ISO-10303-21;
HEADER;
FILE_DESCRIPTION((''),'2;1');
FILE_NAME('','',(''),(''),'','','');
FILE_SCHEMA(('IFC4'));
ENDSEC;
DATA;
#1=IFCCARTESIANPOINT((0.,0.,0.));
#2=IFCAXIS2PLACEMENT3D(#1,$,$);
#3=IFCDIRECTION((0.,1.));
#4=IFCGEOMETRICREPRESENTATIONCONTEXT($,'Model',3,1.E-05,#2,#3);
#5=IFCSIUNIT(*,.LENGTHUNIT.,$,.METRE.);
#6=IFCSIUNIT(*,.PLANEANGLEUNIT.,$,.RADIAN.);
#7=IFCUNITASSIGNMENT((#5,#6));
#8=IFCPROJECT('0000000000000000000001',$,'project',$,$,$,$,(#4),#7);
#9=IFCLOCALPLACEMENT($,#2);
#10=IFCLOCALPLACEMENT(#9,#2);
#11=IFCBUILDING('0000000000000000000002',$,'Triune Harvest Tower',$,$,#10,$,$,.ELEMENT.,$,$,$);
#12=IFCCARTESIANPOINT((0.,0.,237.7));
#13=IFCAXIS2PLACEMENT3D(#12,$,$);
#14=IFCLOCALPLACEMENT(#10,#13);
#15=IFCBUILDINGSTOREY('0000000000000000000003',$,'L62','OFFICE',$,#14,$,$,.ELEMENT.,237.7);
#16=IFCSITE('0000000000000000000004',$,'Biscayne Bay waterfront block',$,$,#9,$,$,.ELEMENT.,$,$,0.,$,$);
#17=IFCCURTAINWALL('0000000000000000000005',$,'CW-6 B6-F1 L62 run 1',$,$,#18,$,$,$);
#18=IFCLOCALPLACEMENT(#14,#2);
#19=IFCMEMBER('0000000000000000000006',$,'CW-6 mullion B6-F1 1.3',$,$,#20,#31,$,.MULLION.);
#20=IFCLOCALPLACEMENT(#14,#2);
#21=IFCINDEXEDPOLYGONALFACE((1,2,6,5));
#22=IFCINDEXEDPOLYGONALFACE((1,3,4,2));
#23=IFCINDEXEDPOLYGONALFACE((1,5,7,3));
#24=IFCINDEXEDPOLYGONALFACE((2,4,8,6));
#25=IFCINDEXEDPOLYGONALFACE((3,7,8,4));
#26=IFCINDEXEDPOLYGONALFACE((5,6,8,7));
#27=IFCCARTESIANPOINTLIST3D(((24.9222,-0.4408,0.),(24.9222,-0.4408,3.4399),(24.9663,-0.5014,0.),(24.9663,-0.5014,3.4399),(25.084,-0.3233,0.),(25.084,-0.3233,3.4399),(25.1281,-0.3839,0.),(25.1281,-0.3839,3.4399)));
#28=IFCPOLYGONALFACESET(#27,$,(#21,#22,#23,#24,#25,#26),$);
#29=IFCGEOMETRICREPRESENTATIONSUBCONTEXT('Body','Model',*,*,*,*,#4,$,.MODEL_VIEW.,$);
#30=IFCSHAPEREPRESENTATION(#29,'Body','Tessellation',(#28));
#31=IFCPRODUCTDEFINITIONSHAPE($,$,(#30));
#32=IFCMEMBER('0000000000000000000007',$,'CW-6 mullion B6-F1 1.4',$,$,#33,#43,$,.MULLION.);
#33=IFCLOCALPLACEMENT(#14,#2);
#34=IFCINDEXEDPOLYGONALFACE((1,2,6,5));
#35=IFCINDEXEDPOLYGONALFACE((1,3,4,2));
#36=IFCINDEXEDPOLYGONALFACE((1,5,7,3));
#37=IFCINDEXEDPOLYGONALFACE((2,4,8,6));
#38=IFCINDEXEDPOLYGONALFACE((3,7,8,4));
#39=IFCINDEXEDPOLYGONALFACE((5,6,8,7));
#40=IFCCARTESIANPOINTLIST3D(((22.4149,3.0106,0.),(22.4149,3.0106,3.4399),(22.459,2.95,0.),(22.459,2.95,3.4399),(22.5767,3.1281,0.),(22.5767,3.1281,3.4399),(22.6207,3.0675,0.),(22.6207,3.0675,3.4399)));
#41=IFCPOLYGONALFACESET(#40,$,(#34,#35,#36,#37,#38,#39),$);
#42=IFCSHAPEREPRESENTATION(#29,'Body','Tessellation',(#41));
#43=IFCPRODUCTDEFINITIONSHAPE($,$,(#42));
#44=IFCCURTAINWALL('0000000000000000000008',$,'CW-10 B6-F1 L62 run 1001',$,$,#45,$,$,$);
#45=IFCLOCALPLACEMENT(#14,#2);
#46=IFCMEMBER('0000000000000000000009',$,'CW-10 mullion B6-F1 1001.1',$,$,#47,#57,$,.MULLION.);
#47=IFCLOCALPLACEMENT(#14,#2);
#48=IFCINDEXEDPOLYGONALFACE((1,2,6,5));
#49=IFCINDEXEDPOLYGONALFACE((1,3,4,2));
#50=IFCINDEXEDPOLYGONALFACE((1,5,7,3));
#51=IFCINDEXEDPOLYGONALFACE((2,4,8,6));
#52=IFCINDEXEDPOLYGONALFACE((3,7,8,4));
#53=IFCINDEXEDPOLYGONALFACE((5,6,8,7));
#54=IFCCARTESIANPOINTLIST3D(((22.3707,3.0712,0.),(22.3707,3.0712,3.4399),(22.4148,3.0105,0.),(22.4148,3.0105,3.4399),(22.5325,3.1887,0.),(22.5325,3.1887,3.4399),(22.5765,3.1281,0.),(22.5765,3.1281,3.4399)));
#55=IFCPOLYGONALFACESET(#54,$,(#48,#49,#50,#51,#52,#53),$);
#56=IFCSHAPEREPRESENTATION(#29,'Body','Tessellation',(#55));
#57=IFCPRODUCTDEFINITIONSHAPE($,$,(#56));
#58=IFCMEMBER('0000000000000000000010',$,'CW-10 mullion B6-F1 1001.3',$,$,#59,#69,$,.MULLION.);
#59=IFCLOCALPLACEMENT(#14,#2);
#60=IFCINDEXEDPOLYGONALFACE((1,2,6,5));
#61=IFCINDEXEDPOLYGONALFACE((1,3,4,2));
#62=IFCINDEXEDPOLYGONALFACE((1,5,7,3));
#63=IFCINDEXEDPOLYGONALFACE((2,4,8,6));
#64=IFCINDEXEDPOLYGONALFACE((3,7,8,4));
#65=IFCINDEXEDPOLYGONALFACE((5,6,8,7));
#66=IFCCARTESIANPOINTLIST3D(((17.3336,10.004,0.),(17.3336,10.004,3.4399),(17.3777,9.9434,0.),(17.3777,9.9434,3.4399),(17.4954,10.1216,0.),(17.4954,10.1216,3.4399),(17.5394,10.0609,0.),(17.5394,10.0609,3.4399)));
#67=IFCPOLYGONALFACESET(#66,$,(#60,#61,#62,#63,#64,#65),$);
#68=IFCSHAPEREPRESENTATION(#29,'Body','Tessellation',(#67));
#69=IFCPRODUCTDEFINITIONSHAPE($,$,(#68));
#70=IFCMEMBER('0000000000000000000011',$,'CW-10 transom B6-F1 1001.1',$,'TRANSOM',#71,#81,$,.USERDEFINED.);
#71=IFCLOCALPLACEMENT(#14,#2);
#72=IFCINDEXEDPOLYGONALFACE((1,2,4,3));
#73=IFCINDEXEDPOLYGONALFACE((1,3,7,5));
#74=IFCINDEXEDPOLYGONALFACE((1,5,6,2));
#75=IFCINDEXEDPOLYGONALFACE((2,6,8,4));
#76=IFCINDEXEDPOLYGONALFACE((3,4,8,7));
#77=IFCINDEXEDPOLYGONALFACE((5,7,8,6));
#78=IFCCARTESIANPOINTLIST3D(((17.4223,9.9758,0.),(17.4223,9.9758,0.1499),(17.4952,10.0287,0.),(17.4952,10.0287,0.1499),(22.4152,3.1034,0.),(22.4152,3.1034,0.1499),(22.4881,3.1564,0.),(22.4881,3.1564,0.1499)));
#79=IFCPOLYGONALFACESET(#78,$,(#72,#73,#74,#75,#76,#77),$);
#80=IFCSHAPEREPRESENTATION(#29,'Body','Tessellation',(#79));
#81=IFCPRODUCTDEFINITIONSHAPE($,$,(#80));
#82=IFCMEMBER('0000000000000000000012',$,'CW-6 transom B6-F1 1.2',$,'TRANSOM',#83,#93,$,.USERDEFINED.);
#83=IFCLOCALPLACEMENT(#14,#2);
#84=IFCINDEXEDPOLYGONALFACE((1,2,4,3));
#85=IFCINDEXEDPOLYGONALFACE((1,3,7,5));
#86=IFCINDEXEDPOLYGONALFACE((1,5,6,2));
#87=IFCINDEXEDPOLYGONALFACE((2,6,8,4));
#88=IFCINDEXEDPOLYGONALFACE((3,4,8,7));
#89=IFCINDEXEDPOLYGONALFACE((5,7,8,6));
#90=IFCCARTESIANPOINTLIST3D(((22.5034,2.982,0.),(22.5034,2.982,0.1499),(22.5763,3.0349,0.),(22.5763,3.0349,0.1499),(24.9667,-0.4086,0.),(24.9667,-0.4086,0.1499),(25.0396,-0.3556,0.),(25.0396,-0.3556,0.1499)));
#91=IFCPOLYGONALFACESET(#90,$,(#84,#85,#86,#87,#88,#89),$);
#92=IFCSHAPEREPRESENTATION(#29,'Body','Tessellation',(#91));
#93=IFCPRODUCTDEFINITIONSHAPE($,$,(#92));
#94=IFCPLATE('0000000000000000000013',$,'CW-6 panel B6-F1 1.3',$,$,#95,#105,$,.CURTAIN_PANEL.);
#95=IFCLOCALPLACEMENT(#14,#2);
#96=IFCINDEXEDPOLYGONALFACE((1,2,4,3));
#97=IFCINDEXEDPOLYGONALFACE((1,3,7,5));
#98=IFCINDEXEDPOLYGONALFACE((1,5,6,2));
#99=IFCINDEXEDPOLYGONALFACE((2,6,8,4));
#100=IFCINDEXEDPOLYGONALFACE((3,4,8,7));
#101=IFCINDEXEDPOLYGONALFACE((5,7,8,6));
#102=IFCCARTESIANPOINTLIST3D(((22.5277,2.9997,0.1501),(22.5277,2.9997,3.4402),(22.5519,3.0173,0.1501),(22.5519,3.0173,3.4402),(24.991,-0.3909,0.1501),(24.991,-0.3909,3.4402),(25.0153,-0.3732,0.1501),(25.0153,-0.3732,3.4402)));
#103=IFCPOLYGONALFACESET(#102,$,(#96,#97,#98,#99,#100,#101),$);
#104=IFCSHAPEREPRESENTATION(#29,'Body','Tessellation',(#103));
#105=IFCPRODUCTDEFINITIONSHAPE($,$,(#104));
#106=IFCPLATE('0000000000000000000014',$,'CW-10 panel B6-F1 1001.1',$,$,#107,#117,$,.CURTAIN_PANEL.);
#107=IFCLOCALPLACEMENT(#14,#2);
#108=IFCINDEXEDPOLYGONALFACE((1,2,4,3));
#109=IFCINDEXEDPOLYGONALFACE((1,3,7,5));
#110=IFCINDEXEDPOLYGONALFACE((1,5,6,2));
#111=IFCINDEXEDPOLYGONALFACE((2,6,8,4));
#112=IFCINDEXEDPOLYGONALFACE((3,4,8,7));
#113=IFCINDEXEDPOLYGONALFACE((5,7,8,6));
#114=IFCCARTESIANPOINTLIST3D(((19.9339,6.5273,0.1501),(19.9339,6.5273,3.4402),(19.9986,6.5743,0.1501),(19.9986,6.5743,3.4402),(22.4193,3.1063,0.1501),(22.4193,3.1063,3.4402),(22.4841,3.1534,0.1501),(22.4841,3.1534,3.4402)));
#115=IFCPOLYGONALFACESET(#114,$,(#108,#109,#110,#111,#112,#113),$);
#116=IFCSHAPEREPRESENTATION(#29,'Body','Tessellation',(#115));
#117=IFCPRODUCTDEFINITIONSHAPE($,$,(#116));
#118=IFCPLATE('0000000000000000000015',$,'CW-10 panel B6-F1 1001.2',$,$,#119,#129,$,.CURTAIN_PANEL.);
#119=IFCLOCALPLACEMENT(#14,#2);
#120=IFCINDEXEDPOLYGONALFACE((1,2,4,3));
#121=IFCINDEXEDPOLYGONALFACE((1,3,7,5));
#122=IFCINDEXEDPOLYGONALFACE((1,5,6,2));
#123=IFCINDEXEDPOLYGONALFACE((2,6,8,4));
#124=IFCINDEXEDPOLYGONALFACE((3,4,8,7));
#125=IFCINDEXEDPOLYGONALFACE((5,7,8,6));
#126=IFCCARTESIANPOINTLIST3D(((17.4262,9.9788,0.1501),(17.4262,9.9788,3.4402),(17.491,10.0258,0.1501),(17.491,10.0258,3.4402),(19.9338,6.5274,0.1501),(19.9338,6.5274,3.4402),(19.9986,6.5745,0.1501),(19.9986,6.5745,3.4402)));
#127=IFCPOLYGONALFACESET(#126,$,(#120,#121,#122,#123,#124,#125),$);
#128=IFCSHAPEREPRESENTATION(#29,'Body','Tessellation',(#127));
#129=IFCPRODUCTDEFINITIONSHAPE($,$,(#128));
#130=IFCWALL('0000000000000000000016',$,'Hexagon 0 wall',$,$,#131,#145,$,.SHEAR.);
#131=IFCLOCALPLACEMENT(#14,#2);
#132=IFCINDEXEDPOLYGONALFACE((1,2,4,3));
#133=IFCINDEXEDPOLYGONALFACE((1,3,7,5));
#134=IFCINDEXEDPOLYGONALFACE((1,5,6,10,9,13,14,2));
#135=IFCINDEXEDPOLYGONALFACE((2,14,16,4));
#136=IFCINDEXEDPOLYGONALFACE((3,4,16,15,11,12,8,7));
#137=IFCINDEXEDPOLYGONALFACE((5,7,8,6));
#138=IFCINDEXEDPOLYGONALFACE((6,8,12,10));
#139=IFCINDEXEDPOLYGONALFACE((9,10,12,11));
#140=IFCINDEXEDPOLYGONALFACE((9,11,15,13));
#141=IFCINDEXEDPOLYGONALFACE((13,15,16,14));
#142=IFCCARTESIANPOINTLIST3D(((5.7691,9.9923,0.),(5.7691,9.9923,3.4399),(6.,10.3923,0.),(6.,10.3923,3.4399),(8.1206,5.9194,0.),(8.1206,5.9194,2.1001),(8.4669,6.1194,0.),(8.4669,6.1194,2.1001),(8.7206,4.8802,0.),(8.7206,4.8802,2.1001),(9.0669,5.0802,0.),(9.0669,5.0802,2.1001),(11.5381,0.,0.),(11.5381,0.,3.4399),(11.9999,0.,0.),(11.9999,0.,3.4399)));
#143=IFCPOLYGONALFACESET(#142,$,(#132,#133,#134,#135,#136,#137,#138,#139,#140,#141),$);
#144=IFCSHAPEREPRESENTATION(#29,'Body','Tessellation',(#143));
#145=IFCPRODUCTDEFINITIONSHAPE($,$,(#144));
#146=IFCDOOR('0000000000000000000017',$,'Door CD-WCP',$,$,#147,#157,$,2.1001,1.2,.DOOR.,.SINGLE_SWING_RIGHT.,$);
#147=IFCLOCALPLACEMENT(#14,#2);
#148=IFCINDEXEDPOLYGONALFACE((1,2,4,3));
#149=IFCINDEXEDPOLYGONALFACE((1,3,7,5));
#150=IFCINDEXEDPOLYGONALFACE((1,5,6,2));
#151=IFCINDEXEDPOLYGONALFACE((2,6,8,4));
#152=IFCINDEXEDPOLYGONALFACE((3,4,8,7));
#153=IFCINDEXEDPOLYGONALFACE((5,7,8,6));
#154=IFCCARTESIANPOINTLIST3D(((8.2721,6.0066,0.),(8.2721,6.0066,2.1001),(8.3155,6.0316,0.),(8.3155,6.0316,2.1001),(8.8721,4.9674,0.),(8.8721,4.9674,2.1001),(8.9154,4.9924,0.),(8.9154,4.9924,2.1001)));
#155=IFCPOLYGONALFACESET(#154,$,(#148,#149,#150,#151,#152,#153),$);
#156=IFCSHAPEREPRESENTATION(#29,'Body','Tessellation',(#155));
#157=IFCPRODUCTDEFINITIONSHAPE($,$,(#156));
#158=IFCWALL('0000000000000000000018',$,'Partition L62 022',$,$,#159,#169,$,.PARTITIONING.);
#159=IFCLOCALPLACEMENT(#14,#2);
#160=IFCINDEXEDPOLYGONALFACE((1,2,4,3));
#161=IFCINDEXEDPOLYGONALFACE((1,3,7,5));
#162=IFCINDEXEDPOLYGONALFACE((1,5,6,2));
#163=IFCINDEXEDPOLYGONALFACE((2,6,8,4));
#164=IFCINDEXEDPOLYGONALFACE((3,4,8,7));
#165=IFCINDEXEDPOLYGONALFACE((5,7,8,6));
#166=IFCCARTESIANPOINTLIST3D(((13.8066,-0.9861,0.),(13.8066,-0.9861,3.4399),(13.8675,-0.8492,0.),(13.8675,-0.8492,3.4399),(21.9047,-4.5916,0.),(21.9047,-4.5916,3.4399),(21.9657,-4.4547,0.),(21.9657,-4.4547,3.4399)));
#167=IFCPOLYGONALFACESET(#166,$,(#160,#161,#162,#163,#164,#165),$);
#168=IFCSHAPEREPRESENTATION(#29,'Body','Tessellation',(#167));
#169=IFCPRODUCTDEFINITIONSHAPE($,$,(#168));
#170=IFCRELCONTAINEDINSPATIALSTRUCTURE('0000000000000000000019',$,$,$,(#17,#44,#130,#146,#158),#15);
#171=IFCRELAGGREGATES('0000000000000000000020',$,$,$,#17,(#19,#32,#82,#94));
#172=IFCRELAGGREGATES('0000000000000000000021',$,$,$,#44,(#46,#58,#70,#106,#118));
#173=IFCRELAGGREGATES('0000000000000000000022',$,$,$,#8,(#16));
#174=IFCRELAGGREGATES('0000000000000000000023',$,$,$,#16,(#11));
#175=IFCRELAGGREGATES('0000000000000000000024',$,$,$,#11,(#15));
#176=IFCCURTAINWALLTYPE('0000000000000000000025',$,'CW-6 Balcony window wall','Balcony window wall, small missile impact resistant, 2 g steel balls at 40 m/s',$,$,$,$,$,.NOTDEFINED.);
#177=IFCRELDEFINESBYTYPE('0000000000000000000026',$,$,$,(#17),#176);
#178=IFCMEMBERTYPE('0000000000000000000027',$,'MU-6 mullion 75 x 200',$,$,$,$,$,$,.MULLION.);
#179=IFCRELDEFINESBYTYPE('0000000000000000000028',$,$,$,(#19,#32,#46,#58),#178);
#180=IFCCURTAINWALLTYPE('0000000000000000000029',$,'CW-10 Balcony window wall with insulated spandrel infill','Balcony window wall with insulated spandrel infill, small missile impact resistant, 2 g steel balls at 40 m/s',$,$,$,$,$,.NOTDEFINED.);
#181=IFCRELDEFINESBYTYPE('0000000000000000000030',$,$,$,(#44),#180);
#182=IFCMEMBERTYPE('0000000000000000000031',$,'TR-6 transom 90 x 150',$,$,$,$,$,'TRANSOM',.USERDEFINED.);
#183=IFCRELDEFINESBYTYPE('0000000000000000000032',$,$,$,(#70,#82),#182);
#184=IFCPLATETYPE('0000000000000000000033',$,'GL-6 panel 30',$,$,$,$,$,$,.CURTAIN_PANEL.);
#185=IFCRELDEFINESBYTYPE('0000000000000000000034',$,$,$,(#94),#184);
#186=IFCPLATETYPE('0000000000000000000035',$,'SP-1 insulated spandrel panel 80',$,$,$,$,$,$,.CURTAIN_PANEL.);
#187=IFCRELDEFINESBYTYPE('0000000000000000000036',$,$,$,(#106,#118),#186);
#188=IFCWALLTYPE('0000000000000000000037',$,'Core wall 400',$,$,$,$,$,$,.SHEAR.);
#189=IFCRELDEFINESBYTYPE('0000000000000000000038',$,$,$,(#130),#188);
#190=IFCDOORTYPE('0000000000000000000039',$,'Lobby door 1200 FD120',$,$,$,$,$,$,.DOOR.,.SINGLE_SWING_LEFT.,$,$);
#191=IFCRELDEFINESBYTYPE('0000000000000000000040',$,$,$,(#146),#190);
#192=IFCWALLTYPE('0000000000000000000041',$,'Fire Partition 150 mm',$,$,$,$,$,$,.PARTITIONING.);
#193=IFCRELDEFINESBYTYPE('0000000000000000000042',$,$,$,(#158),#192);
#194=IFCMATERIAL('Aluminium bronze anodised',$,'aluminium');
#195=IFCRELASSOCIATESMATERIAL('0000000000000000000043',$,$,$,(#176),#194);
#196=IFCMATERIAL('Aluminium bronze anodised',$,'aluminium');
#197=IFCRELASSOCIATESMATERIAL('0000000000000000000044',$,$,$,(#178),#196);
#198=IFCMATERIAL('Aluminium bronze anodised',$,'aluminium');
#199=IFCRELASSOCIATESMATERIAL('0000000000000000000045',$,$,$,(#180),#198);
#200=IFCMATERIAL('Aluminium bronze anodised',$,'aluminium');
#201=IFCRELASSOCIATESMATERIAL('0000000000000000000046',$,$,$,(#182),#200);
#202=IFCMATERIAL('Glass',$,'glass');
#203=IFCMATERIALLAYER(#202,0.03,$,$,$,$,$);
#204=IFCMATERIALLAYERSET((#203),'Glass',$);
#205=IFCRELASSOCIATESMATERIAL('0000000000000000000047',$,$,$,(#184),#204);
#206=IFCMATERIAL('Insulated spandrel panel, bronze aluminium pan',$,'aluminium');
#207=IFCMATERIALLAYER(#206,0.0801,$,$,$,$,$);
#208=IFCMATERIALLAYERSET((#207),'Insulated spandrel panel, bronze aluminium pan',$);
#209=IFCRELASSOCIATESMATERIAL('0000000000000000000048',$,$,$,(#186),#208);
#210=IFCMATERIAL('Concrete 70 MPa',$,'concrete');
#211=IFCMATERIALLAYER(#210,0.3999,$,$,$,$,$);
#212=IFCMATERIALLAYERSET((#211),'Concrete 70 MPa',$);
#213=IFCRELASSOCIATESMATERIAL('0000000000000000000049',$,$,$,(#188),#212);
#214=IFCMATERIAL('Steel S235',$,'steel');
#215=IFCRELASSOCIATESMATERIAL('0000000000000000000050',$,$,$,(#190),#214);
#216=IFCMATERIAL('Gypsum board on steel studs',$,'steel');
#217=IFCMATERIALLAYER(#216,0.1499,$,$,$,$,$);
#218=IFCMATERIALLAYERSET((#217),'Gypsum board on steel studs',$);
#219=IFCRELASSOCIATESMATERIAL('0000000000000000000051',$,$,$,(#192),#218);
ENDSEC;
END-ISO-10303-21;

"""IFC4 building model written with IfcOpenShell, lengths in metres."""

from ifc_helpers import new_model, si_unit, direction, frame, frame_2d, origin, origin_2d, place, context, subcontext, project, spatial, polyline, rectangle, outline, extrude, source, transform, mapped, material, layer, layer_set, material_profile, profile_set, type_object, element, fill, aggregate, save


model = new_model("IFC4")

# Units and contexts
model_context = context("Model", 3, precision=1e-05, world=origin(), true_north=direction((0.0, 1.0)))
body_context = subcontext(model_context, "Body", "Model", "MODEL_VIEW")
ifc_project = project(units=[si_unit("LENGTHUNIT", "METRE"), si_unit("PLANEANGLEUNIT", "RADIAN")], contexts=[model_context])

# Site, building, storey
site_placement = place(None, origin())
site = spatial("IfcSite", under=ifc_project, at=site_placement, Name="Biscayne Bay waterfront block", CompositionType="ELEMENT", RefElevation=0.0)
building_placement = place(site_placement, origin())
building = spatial("IfcBuilding", under=site, at=building_placement, Name="Triune Harvest Tower", CompositionType="ELEMENT")
storey_placement = place(building_placement, frame((0.0, 0.0, 237.7)))
storey = spatial("IfcBuildingStorey", under=building, at=storey_placement, Name="L62", Description="OFFICE", CompositionType="ELEMENT", Elevation=237.7)

# Curtain walls, members
ifc_material_1 = material(Name="Aluminium bronze anodised", Category="aluminium")
curtain_wall_type_1 = type_object("IfcCurtainWallType", Name="CW-6 Balcony window wall", Description="Balcony window wall, small missile impact resistant, 2 g steel balls at 40 m/s", PredefinedType="NOTDEFINED", material=ifc_material_1)
curtain_wall_1_placement = place(storey_placement, origin())
curtain_wall_1 = element("IfcCurtainWall", 1, at=curtain_wall_1_placement, inside=storey, type_object=curtain_wall_type_1, Name="CW-6 B6-F1 L62 run 1")
ifc_material_2 = material(Name="Aluminium bronze anodised", Category="aluminium")
ifc_material_profile_1 = material_profile(ifc_material_2, rectangle(XDim=0.2, YDim=0.075, at=origin_2d()), Name="MU-6 mullion 75 x 200")
ifc_profile_set_1 = profile_set([ifc_material_profile_1], Name="Aluminium bronze anodised")
member_type_1 = type_object("IfcMemberType", Name="MU-6 mullion 75 x 200", PredefinedType="MULLION", material=ifc_profile_set_1)
shared_shape_1 = source(origin(), body_context, "Body", "SweptSolid", [
    extrude(rectangle(XDim=0.2, YDim=0.075, at=origin_2d()), origin(), (0.0, 0.0, 1.0), 3.4399),
])
member_1_placement = place(storey_placement, frame((25.0251, -0.4124, 0.0), z_axis=(0.0, 0.0, 1.0), x_axis=(-0.809015, -0.587787, 0.0)))
member_1 = element("IfcMember", 2, at=member_1_placement, type_object=member_type_1, Name="CW-6 mullion B6-F1 1.3", PredefinedType="MULLION", context=body_context, shape_type="MappedRepresentation", body=[
    mapped(shared_shape_1, transform((0.0, 0.0, 0.0), scale=1.0)),
])
member_2_placement = place(storey_placement, frame((22.5178, 3.0391, 0.0), z_axis=(0.0, 0.0, 1.0), x_axis=(-0.809015, -0.587787, 0.0)))
member_2 = element("IfcMember", 3, at=member_2_placement, type_object=member_type_1, Name="CW-6 mullion B6-F1 1.4", PredefinedType="MULLION", context=body_context, shape_type="MappedRepresentation", body=[
    mapped(shared_shape_1, transform((0.0, 0.0, 0.0), scale=1.0)),
])
ifc_material_3 = material(Name="Aluminium bronze anodised", Category="aluminium")
curtain_wall_type_2 = type_object("IfcCurtainWallType", Name="CW-10 Balcony window wall with insulated spandrel infill", Description="Balcony window wall with insulated spandrel infill, small missile impact resistant, 2 g steel balls at 40 m/s", PredefinedType="NOTDEFINED", material=ifc_material_3)
curtain_wall_2_placement = place(storey_placement, origin())
curtain_wall_2 = element("IfcCurtainWall", 4, at=curtain_wall_2_placement, inside=storey, type_object=curtain_wall_type_2, Name="CW-10 B6-F1 L62 run 1001")
member_3_placement = place(storey_placement, frame((22.4736, 3.0996, 0.0), z_axis=(0.0, 0.0, 1.0), x_axis=(-0.809018, -0.587784, 0.0)))
member_3 = element("IfcMember", 5, at=member_3_placement, type_object=member_type_1, Name="CW-10 mullion B6-F1 1001.1", PredefinedType="MULLION", context=body_context, shape_type="MappedRepresentation", body=[
    mapped(shared_shape_1, transform((0.0, 0.0, 0.0), scale=1.0)),
])
member_4_placement = place(storey_placement, frame((17.4365, 10.0325, 0.0), z_axis=(0.0, 0.0, 1.0), x_axis=(-0.809018, -0.587784, 0.0)))
member_4 = element("IfcMember", 6, at=member_4_placement, type_object=member_type_1, Name="CW-10 mullion B6-F1 1001.3", PredefinedType="MULLION", context=body_context, shape_type="MappedRepresentation", body=[
    mapped(shared_shape_1, transform((0.0, 0.0, 0.0), scale=1.0)),
])
ifc_material_4 = material(Name="Aluminium bronze anodised", Category="aluminium")
ifc_material_profile_2 = material_profile(ifc_material_4, rectangle(XDim=0.0901, YDim=0.1499, at=origin_2d()), Name="TR-6 transom 90 x 150")
ifc_profile_set_2 = profile_set([ifc_material_profile_2], Name="Aluminium bronze anodised")
member_type_2 = type_object("IfcMemberType", Name="TR-6 transom 90 x 150", ElementType="TRANSOM", PredefinedType="USERDEFINED", material=ifc_profile_set_2)
shared_shape_2 = source(origin(), body_context, "Body", "SweptSolid", [
    extrude(rectangle(XDim=0.0901, YDim=0.1499, at=origin_2d()), origin(), (0.0, 0.0, 1.0), 8.4946),
])
member_5_placement = place(storey_placement, frame((22.4517, 3.1299, 0.075), z_axis=(-0.587777, 0.809023, 0.0), x_axis=(-0.809023, -0.587777, 0.0)))
member_5 = element("IfcMember", 7, at=member_5_placement, type_object=member_type_2, Name="CW-10 transom B6-F1 1001.1", ObjectType="TRANSOM", PredefinedType="USERDEFINED", context=body_context, shape_type="MappedRepresentation", body=[
    mapped(shared_shape_2, transform((0.0, 0.0, 0.0), scale=1.0)),
])

# Member
shared_shape_3 = source(origin(), body_context, "Body", "SweptSolid", [
    extrude(rectangle(XDim=0.0901, YDim=0.1499, at=origin_2d()), origin(), (0.0, 0.0, 1.0), 4.1909),
])
member_6_placement = place(storey_placement, frame((25.0032, -0.3821, 0.075), z_axis=(-0.587777, 0.809023, 0.0), x_axis=(-0.809023, -0.587777, 0.0)))
member_6 = element("IfcMember", 8, at=member_6_placement, type_object=member_type_2, Name="CW-6 transom B6-F1 1.2", ObjectType="TRANSOM", PredefinedType="USERDEFINED", context=body_context, shape_type="MappedRepresentation", body=[
    mapped(shared_shape_3, transform((0.0, 0.0, 0.0), scale=1.0)),
])

# Plates
ifc_material_5 = material(Name="Glass", Category="glass")
ifc_layer_1 = layer(ifc_material_5, 0.03)
ifc_layer_set_1 = layer_set([ifc_layer_1], Name="Glass")
plate_type_1 = type_object("IfcPlateType", Name="GL-6 panel 30", PredefinedType="CURTAIN_PANEL", material=ifc_layer_set_1)
shared_shape_4 = source(origin(), body_context, "Body", "SweptSolid", [
    extrude(rectangle(XDim=4.1909, YDim=0.03, at=origin_2d()), origin(), (0.0, 0.0, 1.0), 3.29),
])
plate_1_placement = place(storey_placement, frame((23.7715, 1.3132, 0.1501), z_axis=(0.0, 0.0, 1.0), x_axis=(-0.587787, 0.809015, 0.0)))
plate_1 = element("IfcPlate", 9, at=plate_1_placement, type_object=plate_type_1, Name="CW-6 panel B6-F1 1.3", PredefinedType="CURTAIN_PANEL", context=body_context, shape_type="MappedRepresentation", body=[
    mapped(shared_shape_4, transform((0.0, 0.0, 0.0), scale=1.0)),
])
aggregate(curtain_wall_1, [member_1, member_2, member_6, plate_1])
ifc_material_6 = material(Name="Insulated spandrel panel, bronze aluminium pan", Category="aluminium")
ifc_layer_2 = layer(ifc_material_6, 0.0801)
ifc_layer_set_2 = layer_set([ifc_layer_2], Name="Insulated spandrel panel, bronze aluminium pan")
plate_type_2 = type_object("IfcPlateType", Name="SP-1 insulated spandrel panel 80", PredefinedType="CURTAIN_PANEL", material=ifc_layer_set_2)
shared_shape_5 = source(origin(), body_context, "Body", "SweptSolid", [
    extrude(rectangle(XDim=4.2285, YDim=0.0801, at=origin_2d()), origin(), (0.0, 0.0, 1.0), 3.29),
])
plate_2_placement = place(storey_placement, frame((21.209, 4.8403, 0.1501), z_axis=(0.0, 0.0, 1.0), x_axis=(-0.587784, 0.809018, 0.0)))
plate_2 = element("IfcPlate", 10, at=plate_2_placement, type_object=plate_type_2, Name="CW-10 panel B6-F1 1001.1", PredefinedType="CURTAIN_PANEL", context=body_context, shape_type="MappedRepresentation", body=[
    mapped(shared_shape_5, transform((0.0, 0.0, 0.0), scale=1.0)),
])
shared_shape_6 = source(origin(), body_context, "Body", "SweptSolid", [
    extrude(rectangle(XDim=4.2661, YDim=0.0801, at=origin_2d()), origin(), (0.0, 0.0, 1.0), 3.29),
])
plate_3_placement = place(storey_placement, frame((18.7124, 8.2766, 0.1501), z_axis=(0.0, 0.0, 1.0), x_axis=(-0.587784, 0.809018, 0.0)))
plate_3 = element("IfcPlate", 11, at=plate_3_placement, type_object=plate_type_2, Name="CW-10 panel B6-F1 1001.2", PredefinedType="CURTAIN_PANEL", context=body_context, shape_type="MappedRepresentation", body=[
    mapped(shared_shape_6, transform((0.0, 0.0, 0.0), scale=1.0)),
])
aggregate(curtain_wall_2, [member_3, member_4, member_5, plate_2, plate_3])

# Wall, opening, door
ifc_material_7 = material(Name="Concrete 70 MPa", Category="concrete")
ifc_layer_3 = layer(ifc_material_7, 0.3999)
ifc_layer_set_3 = layer_set([ifc_layer_3], Name="Concrete 70 MPa")
wall_type_1 = type_object("IfcWallType", Name="Core wall 400", PredefinedType="SHEAR", material=ifc_layer_set_3)
shared_shape_7 = source(origin(), body_context, "Body", "SweptSolid", [
    extrude(outline(polyline([(-0.1155, -0.2), (11.8845, -0.2), (11.6536, 0.2), (0.1155, 0.2), (-0.1155, -0.2)])), origin(), (0.0, 0.0, 1.0), 3.4399),
])
wall_1_placement = place(storey_placement, frame((11.769, 0.0, 0.0), z_axis=(0.0, 0.0, 1.0), x_axis=(-0.499997, 0.866027, 0.0)))
wall_1 = element("IfcWall", 12, at=wall_1_placement, inside=storey, type_object=wall_type_1, Name="Hexagon 0 wall", PredefinedType="SHEAR", context=body_context, shape_type="MappedRepresentation", body=[
    mapped(shared_shape_7, transform((0.0, 0.0, 0.0), scale=1.0)),
])
opening_placement = place(wall_1_placement, frame((5.7505, 0.0, 0.0)))
opening = element("IfcOpeningElement", 13, at=opening_placement, cuts=wall_1, PredefinedType="OPENING", context=body_context, shape_type="SweptSolid", body=[
    extrude(rectangle(XDim=1.2, YDim=2.1001, at=frame_2d((0.6001, 1.05))), frame((0.0, 0.21, 0.0), z_axis=(0.0, -1.0, 0.0), x_axis=(1.0, 0.0, 0.0)), (0.0, 0.0, 1.0), 0.4199),
])
ifc_material_8 = material(Name="Steel S235", Category="steel")
door_type = type_object("IfcDoorType", Name="Lobby door 1200 FD120", OperationType="SINGLE_SWING_LEFT", PredefinedType="DOOR", material=ifc_material_8)
door_placement = place(opening_placement, frame((1.2, 0.0, 0.0), z_axis=(0.0, 0.0, 1.0), x_axis=(-1.0, 0.0, 0.0)))
door = element("IfcDoor", 14, at=door_placement, inside=storey, type_object=door_type, Name="Door CD-WCP", OperationType="SINGLE_SWING_RIGHT", OverallHeight=2.1001, OverallWidth=1.2, PredefinedType="DOOR", context=body_context, shape_type="SweptSolid", body=[
    extrude(rectangle(XDim=1.2, YDim=2.1001, at=frame_2d((0.6001, 1.05))), frame((0.0, 0.0249, 0.0), z_axis=(0.0, -1.0, 0.0), x_axis=(1.0, 0.0, 0.0)), (0.0, 0.0, 1.0), 0.05),
])
fill(opening, door)

# Wall
ifc_material_9 = material(Name="Gypsum board on steel studs", Category="steel")
ifc_layer_4 = layer(ifc_material_9, 0.1499)
ifc_layer_set_4 = layer_set([ifc_layer_4], Name="Gypsum board on steel studs")
wall_type_2 = type_object("IfcWallType", Name="Fire Partition 150 mm", PredefinedType="PARTITIONING", material=ifc_layer_set_4)
shared_shape_8 = source(origin(), body_context, "Body", "SweptSolid", [
    extrude(rectangle(XDim=8.8645, YDim=0.1499, at=frame_2d((4.4321, 0.0))), origin(), (0.0, 0.0, 1.0), 3.4399),
])
wall_2_placement = place(storey_placement, frame((13.8372, -0.9177, 0.0), z_axis=(0.0, 0.0, 1.0), x_axis=(0.913548, -0.406731, 0.0)))
element("IfcWall", 15, at=wall_2_placement, inside=storey, type_object=wall_type_2, Name="Partition L62 022", PredefinedType="PARTITIONING", context=body_context, shape_type="MappedRepresentation", body=[
    mapped(shared_shape_8, transform((0.0, 0.0, 0.0), scale=1.0)),
])

save(model, "model.ifc")
